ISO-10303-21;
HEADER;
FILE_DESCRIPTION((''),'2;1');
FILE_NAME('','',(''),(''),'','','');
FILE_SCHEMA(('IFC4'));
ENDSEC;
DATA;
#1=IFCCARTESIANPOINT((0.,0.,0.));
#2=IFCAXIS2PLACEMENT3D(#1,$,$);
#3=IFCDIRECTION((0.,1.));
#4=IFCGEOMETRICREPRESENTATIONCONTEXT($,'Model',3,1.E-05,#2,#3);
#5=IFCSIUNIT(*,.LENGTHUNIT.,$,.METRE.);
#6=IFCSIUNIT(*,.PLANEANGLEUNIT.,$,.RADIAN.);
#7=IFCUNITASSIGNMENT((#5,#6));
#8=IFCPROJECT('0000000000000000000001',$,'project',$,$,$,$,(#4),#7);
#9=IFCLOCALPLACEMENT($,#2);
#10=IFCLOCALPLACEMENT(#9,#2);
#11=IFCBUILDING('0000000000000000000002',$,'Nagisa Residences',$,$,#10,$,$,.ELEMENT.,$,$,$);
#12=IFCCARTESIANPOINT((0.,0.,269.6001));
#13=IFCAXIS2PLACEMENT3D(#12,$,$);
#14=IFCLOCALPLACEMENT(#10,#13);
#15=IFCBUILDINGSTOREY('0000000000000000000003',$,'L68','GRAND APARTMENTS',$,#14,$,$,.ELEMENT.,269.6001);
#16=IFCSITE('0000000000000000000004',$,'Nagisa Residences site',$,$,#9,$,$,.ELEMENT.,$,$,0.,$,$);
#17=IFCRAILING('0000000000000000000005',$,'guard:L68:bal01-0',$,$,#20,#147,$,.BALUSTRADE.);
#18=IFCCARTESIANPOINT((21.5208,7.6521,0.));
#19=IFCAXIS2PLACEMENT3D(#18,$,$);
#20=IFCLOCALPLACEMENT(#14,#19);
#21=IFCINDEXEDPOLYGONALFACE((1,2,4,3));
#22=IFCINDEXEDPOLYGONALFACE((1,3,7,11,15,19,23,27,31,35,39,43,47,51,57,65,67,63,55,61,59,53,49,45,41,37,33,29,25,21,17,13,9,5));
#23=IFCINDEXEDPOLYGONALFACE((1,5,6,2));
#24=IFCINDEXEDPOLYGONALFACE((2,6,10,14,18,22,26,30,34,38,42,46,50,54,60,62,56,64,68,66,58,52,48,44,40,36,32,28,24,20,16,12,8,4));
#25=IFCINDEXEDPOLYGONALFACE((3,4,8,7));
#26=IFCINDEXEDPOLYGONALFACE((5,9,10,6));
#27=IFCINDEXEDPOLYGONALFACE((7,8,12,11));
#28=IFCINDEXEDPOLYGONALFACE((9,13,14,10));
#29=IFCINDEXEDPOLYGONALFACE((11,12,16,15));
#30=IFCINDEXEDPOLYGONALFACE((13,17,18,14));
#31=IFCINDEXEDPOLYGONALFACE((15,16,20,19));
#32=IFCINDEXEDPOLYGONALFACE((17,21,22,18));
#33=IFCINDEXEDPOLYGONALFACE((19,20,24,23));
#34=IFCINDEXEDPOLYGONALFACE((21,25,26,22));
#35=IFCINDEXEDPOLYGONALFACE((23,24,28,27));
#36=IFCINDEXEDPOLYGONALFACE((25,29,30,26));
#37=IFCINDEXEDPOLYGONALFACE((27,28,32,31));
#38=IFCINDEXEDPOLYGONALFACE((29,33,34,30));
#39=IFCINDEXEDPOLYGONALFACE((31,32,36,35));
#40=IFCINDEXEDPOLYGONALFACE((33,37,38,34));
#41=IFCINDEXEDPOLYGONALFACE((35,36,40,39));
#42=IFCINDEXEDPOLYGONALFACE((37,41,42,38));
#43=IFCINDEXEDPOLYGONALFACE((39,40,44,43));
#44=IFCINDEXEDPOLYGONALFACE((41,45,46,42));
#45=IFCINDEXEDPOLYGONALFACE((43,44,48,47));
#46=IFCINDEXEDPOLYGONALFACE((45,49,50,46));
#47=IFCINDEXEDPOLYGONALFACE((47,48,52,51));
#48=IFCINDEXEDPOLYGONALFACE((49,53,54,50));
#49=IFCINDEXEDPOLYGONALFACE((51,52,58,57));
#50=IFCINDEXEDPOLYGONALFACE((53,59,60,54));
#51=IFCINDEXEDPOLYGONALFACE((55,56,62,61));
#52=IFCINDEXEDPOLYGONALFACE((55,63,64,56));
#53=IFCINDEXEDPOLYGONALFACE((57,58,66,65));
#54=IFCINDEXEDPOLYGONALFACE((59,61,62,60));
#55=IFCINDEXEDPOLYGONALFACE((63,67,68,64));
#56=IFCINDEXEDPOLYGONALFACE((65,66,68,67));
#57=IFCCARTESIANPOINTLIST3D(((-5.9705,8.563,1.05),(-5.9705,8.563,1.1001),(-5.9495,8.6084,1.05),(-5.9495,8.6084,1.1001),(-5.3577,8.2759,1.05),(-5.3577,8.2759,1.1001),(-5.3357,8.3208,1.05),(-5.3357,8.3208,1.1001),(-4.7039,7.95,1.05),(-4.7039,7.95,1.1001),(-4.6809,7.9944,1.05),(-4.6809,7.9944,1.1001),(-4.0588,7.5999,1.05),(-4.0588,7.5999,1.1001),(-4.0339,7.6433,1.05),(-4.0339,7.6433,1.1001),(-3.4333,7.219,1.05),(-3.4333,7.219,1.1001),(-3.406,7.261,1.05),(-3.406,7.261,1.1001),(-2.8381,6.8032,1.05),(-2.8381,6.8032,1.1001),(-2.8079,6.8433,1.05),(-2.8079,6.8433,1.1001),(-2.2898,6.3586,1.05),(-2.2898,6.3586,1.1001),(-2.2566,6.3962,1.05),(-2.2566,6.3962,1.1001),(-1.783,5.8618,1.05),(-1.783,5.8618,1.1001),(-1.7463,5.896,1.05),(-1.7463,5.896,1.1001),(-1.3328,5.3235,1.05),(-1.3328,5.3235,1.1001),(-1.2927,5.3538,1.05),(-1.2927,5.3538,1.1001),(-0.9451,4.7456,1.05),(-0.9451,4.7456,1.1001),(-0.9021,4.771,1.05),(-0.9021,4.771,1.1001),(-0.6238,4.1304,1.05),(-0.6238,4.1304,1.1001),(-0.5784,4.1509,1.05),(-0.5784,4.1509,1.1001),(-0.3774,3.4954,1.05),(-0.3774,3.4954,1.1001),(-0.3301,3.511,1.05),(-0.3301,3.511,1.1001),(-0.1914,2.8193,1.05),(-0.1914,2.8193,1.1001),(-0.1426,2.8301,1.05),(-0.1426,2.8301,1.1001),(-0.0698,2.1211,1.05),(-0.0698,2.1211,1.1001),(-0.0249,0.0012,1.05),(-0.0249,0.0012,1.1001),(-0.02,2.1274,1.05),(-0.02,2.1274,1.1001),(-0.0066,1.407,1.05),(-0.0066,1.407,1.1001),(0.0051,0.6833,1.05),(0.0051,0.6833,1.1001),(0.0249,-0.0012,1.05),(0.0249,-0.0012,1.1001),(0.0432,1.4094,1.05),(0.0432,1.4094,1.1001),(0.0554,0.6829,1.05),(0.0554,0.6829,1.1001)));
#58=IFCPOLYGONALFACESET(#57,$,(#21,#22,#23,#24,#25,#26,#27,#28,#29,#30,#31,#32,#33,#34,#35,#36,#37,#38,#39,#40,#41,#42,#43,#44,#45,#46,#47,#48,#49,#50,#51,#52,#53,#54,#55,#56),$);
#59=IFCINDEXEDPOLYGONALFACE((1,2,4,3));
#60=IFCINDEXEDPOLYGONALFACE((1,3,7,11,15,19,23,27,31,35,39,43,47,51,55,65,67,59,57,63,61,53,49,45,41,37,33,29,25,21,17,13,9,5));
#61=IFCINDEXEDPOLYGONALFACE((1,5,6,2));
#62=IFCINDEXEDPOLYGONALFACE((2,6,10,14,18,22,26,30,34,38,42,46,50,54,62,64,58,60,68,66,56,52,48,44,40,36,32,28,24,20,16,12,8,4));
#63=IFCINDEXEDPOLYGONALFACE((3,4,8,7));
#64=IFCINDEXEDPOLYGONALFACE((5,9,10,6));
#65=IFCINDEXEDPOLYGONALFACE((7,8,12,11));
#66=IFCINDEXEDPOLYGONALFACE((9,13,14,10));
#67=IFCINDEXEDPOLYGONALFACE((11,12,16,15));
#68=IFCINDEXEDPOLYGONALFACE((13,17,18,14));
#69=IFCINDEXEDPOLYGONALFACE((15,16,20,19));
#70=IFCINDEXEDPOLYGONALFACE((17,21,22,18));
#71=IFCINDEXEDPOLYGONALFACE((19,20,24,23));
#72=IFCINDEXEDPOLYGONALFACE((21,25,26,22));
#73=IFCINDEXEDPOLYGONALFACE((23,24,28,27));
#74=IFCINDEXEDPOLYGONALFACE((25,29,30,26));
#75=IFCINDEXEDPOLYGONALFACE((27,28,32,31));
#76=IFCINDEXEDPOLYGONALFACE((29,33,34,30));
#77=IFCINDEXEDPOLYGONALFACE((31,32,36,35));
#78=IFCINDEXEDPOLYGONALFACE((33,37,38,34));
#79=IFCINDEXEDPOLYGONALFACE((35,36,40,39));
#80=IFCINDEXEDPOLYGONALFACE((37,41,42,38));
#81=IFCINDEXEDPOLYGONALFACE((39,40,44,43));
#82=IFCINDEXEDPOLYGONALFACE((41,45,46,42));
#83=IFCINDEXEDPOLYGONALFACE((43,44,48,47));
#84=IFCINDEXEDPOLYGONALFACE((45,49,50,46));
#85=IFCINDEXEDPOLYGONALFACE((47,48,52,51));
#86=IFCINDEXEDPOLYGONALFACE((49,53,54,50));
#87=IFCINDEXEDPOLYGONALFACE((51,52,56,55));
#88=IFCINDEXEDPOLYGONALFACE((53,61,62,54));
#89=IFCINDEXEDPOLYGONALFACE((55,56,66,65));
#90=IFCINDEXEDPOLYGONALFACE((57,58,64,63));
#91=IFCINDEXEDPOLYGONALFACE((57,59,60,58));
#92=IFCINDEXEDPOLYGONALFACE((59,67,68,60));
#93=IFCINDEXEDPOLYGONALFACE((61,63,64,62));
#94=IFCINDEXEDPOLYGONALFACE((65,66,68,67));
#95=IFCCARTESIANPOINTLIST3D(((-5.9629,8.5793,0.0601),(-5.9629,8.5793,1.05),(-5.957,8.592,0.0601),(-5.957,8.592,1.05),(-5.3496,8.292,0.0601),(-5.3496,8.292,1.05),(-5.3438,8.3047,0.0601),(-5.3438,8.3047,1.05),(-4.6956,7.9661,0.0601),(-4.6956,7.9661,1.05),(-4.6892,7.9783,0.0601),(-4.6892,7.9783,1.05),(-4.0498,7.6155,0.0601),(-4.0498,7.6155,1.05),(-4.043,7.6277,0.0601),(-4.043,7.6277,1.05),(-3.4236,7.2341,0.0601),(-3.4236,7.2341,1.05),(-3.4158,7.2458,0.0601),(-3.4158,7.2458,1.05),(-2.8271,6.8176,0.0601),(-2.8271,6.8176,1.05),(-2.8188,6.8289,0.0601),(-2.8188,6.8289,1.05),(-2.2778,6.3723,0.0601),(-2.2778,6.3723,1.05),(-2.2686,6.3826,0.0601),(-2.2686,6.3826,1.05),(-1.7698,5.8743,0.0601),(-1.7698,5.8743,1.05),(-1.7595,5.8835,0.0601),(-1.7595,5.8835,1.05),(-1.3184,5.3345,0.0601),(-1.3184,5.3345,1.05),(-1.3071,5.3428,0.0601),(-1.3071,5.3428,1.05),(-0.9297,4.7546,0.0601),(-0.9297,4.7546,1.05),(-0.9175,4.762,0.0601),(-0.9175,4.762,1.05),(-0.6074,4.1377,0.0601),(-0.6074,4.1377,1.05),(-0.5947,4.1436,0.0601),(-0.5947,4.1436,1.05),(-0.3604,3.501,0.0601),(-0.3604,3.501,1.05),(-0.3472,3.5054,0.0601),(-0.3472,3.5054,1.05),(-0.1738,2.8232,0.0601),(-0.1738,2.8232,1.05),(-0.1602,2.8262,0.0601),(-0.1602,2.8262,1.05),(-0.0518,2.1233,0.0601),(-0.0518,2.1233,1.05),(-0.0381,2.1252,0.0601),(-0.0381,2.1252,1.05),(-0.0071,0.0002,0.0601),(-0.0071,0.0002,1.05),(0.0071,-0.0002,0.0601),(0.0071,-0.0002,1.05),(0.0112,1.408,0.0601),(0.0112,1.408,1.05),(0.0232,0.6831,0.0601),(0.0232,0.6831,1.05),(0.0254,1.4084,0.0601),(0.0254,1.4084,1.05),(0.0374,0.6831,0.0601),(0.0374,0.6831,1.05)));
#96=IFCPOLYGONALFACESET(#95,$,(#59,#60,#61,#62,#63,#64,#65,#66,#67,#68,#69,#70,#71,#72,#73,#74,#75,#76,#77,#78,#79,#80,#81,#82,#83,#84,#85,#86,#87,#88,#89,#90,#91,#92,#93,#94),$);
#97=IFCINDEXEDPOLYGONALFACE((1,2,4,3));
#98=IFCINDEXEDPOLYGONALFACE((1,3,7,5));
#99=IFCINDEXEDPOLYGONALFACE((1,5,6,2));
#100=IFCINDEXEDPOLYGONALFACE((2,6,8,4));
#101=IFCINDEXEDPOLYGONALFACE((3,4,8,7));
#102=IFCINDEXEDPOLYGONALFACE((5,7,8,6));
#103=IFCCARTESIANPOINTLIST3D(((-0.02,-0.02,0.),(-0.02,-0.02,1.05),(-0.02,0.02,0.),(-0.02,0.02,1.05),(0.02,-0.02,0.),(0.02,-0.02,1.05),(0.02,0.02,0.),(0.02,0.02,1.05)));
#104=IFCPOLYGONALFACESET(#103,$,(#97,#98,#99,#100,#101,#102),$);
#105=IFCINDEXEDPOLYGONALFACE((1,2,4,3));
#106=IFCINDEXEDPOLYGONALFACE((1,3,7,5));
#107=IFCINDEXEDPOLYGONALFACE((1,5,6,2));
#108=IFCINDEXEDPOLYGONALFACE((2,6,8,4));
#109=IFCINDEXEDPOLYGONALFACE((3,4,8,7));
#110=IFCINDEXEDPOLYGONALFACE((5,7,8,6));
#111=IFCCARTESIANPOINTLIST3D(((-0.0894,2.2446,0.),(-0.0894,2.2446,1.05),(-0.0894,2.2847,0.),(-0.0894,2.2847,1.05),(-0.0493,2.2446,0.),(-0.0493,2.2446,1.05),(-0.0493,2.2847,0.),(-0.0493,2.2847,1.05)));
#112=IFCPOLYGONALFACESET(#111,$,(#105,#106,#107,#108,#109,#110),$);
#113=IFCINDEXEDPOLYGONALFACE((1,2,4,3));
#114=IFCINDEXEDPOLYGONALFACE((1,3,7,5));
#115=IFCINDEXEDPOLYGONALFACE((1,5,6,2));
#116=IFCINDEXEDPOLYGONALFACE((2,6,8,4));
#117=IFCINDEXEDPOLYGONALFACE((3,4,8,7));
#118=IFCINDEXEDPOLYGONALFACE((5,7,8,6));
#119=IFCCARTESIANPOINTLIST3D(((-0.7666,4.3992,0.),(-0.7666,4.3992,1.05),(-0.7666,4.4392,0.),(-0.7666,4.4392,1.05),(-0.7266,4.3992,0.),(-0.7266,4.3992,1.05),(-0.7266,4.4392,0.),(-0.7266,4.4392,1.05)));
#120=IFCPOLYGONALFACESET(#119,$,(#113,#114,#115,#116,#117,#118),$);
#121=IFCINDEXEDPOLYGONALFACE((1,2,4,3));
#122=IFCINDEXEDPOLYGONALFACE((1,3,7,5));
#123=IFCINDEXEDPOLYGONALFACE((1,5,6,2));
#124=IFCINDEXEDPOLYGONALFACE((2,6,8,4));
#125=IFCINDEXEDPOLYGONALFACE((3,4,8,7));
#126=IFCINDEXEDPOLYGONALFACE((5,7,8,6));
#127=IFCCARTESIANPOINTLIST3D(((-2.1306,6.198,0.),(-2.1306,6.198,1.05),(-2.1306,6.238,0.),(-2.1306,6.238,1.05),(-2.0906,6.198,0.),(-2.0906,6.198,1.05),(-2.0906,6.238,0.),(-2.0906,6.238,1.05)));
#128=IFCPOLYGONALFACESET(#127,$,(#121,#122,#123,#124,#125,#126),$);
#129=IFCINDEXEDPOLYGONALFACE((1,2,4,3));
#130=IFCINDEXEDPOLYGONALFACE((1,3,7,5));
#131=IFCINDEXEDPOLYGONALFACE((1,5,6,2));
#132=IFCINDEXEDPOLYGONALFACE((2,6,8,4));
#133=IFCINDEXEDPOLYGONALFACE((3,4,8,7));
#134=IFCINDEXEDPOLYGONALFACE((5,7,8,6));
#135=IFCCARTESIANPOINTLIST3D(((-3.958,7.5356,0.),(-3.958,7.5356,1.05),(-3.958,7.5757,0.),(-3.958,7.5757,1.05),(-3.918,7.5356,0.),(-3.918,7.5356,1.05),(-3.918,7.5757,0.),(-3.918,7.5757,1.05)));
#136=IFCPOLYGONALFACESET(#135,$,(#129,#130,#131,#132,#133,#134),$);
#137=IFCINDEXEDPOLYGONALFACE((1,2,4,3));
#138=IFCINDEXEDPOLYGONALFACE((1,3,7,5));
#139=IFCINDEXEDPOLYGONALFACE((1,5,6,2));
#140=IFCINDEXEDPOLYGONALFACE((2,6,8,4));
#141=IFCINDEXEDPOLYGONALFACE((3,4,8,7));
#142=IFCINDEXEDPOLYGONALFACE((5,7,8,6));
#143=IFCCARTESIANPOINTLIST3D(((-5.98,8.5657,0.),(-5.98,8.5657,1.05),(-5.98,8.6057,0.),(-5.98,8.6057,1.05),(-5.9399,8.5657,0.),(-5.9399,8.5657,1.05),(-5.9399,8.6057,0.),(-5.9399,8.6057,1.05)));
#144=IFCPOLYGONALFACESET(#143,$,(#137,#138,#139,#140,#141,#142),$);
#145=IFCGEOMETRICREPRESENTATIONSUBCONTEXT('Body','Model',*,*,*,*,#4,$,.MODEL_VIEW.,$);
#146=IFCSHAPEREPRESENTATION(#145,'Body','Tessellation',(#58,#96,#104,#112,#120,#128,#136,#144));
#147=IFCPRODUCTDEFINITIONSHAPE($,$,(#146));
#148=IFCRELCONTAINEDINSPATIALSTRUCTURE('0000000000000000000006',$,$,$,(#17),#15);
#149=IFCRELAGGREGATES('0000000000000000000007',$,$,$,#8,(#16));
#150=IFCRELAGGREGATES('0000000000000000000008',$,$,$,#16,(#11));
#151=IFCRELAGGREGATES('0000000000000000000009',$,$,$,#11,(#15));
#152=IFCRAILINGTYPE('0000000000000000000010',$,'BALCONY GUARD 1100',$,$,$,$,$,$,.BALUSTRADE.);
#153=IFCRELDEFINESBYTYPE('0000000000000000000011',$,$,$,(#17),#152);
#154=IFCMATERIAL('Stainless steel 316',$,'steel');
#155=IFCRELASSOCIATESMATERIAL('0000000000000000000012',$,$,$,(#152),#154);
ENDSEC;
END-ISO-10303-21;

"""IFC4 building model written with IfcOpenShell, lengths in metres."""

from ifc_helpers import new_model, si_unit, direction, frame, origin, origin_2d, place, context, subcontext, project, spatial, polyline, rectangle, outline, extrude, material, type_object, element, save


model = new_model("IFC4")

# Units and contexts
model_context = context("Model", 3, precision=1e-05, world=origin(), true_north=direction((0.0, 1.0)))
body_context = subcontext(model_context, "Body", "Model", "MODEL_VIEW")
ifc_project = project(units=[si_unit("LENGTHUNIT", "METRE"), si_unit("PLANEANGLEUNIT", "RADIAN")], contexts=[model_context])

# Site, building, storey
site_placement = place(None, origin())
site = spatial("IfcSite", under=ifc_project, at=site_placement, Name="Nagisa Residences site", CompositionType="ELEMENT", RefElevation=0.0)
building_placement = place(site_placement, origin())
building = spatial("IfcBuilding", under=site, at=building_placement, Name="Nagisa Residences", CompositionType="ELEMENT")
storey_placement = place(building_placement, frame((0.0, 0.0, 269.6001)))
storey = spatial("IfcBuildingStorey", under=building, at=storey_placement, Name="L68", Description="GRAND APARTMENTS", CompositionType="ELEMENT", Elevation=269.6001)

# Railing
ifc_material_1 = material(Name="Stainless steel 316", Category="steel")
railing_type_1 = type_object("IfcRailingType", Name="BALCONY GUARD 1100", PredefinedType="BALUSTRADE", material=ifc_material_1)
railing_1_placement = place(storey_placement, frame((21.5208, 7.6521, 0.0)))
element("IfcRailing", 1, at=railing_1_placement, inside=storey, type_object=railing_type_1, Name="guard:L68:bal01-0", PredefinedType="BALUSTRADE", context=body_context, shape_type="SweptSolid", body=[
    extrude(outline(polyline([(0.0051, 0.6833), (-0.0249, 0.0012), (0.0249, -0.0012), (0.0554, 0.6829), (0.0432, 1.4094), (-0.02, 2.1274), (-0.1426, 2.8301), (-0.3301, 3.511), (-0.5784, 4.1509), (-0.9021, 4.771), (-1.2927, 5.3538), (-1.7463, 5.896), (-2.2566, 6.3962), (-2.8079, 6.8433), (-3.406, 7.261), (-4.0339, 7.6433), (-4.6809, 7.9944), (-5.3357, 8.3208), (-5.9495, 8.6084), (-5.9705, 8.563), (-5.3577, 8.2759), (-4.7039, 7.95), (-4.0588, 7.5999), (-3.4333, 7.219), (-2.8381, 6.8032), (-2.2898, 6.3586), (-1.783, 5.8618), (-1.3328, 5.3235), (-0.9451, 4.7456), (-0.6238, 4.1304), (-0.3774, 3.4954), (-0.1914, 2.8193), (-0.0698, 2.1211), (-0.0066, 1.407), (0.0051, 0.6833)])), frame((0.0, 0.0, 1.05)), (0.0, 0.0, 1.0), 0.05),
    extrude(outline(polyline([(0.0232, 0.6831), (-0.0071, 0.0002), (0.0071, -0.0002), (0.0374, 0.6831), (0.0254, 1.4084), (-0.0381, 2.1252), (-0.1602, 2.8262), (-0.3472, 3.5054), (-0.5947, 4.1436), (-0.9175, 4.762), (-1.3071, 5.3428), (-1.7595, 5.8835), (-2.2686, 6.3826), (-2.8188, 6.8289), (-3.4158, 7.2458), (-4.043, 7.6277), (-4.6892, 7.9783), (-5.3438, 8.3047), (-5.957, 8.592), (-5.9629, 8.5793), (-5.3496, 8.292), (-4.6956, 7.9661), (-4.0498, 7.6155), (-3.4236, 7.2341), (-2.8271, 6.8176), (-2.2778, 6.3723), (-1.7698, 5.8743), (-1.3184, 5.3345), (-0.9297, 4.7546), (-0.6074, 4.1377), (-0.3604, 3.501), (-0.1738, 2.8232), (-0.0518, 2.1233), (0.0112, 1.408), (0.0232, 0.6831)])), frame((0.0, 0.0, 0.0601)), (0.0, 0.0, 1.0), 0.99),
    extrude(rectangle(XDim=0.04, YDim=0.04, at=origin_2d()), origin(), (0.0, 0.0, 1.0), 1.05),
    extrude(rectangle(XDim=0.04, YDim=0.04, at=origin_2d()), frame((-0.0693, 2.2646, 0.0)), (0.0, 0.0, 1.0), 1.05),
    extrude(rectangle(XDim=0.04, YDim=0.04, at=origin_2d()), frame((-0.7466, 4.4192, 0.0)), (0.0, 0.0, 1.0), 1.05),
    extrude(rectangle(XDim=0.04, YDim=0.04, at=origin_2d()), frame((-2.1106, 6.218, 0.0)), (0.0, 0.0, 1.0), 1.05),
    extrude(rectangle(XDim=0.04, YDim=0.04, at=origin_2d()), frame((-3.938, 7.5557, 0.0)), (0.0, 0.0, 1.0), 1.05),
    extrude(rectangle(XDim=0.04, YDim=0.04, at=origin_2d()), frame((-5.96, 8.5857, 0.0)), (0.0, 0.0, 1.0), 1.05),
])

save(model, "model.ifc")
